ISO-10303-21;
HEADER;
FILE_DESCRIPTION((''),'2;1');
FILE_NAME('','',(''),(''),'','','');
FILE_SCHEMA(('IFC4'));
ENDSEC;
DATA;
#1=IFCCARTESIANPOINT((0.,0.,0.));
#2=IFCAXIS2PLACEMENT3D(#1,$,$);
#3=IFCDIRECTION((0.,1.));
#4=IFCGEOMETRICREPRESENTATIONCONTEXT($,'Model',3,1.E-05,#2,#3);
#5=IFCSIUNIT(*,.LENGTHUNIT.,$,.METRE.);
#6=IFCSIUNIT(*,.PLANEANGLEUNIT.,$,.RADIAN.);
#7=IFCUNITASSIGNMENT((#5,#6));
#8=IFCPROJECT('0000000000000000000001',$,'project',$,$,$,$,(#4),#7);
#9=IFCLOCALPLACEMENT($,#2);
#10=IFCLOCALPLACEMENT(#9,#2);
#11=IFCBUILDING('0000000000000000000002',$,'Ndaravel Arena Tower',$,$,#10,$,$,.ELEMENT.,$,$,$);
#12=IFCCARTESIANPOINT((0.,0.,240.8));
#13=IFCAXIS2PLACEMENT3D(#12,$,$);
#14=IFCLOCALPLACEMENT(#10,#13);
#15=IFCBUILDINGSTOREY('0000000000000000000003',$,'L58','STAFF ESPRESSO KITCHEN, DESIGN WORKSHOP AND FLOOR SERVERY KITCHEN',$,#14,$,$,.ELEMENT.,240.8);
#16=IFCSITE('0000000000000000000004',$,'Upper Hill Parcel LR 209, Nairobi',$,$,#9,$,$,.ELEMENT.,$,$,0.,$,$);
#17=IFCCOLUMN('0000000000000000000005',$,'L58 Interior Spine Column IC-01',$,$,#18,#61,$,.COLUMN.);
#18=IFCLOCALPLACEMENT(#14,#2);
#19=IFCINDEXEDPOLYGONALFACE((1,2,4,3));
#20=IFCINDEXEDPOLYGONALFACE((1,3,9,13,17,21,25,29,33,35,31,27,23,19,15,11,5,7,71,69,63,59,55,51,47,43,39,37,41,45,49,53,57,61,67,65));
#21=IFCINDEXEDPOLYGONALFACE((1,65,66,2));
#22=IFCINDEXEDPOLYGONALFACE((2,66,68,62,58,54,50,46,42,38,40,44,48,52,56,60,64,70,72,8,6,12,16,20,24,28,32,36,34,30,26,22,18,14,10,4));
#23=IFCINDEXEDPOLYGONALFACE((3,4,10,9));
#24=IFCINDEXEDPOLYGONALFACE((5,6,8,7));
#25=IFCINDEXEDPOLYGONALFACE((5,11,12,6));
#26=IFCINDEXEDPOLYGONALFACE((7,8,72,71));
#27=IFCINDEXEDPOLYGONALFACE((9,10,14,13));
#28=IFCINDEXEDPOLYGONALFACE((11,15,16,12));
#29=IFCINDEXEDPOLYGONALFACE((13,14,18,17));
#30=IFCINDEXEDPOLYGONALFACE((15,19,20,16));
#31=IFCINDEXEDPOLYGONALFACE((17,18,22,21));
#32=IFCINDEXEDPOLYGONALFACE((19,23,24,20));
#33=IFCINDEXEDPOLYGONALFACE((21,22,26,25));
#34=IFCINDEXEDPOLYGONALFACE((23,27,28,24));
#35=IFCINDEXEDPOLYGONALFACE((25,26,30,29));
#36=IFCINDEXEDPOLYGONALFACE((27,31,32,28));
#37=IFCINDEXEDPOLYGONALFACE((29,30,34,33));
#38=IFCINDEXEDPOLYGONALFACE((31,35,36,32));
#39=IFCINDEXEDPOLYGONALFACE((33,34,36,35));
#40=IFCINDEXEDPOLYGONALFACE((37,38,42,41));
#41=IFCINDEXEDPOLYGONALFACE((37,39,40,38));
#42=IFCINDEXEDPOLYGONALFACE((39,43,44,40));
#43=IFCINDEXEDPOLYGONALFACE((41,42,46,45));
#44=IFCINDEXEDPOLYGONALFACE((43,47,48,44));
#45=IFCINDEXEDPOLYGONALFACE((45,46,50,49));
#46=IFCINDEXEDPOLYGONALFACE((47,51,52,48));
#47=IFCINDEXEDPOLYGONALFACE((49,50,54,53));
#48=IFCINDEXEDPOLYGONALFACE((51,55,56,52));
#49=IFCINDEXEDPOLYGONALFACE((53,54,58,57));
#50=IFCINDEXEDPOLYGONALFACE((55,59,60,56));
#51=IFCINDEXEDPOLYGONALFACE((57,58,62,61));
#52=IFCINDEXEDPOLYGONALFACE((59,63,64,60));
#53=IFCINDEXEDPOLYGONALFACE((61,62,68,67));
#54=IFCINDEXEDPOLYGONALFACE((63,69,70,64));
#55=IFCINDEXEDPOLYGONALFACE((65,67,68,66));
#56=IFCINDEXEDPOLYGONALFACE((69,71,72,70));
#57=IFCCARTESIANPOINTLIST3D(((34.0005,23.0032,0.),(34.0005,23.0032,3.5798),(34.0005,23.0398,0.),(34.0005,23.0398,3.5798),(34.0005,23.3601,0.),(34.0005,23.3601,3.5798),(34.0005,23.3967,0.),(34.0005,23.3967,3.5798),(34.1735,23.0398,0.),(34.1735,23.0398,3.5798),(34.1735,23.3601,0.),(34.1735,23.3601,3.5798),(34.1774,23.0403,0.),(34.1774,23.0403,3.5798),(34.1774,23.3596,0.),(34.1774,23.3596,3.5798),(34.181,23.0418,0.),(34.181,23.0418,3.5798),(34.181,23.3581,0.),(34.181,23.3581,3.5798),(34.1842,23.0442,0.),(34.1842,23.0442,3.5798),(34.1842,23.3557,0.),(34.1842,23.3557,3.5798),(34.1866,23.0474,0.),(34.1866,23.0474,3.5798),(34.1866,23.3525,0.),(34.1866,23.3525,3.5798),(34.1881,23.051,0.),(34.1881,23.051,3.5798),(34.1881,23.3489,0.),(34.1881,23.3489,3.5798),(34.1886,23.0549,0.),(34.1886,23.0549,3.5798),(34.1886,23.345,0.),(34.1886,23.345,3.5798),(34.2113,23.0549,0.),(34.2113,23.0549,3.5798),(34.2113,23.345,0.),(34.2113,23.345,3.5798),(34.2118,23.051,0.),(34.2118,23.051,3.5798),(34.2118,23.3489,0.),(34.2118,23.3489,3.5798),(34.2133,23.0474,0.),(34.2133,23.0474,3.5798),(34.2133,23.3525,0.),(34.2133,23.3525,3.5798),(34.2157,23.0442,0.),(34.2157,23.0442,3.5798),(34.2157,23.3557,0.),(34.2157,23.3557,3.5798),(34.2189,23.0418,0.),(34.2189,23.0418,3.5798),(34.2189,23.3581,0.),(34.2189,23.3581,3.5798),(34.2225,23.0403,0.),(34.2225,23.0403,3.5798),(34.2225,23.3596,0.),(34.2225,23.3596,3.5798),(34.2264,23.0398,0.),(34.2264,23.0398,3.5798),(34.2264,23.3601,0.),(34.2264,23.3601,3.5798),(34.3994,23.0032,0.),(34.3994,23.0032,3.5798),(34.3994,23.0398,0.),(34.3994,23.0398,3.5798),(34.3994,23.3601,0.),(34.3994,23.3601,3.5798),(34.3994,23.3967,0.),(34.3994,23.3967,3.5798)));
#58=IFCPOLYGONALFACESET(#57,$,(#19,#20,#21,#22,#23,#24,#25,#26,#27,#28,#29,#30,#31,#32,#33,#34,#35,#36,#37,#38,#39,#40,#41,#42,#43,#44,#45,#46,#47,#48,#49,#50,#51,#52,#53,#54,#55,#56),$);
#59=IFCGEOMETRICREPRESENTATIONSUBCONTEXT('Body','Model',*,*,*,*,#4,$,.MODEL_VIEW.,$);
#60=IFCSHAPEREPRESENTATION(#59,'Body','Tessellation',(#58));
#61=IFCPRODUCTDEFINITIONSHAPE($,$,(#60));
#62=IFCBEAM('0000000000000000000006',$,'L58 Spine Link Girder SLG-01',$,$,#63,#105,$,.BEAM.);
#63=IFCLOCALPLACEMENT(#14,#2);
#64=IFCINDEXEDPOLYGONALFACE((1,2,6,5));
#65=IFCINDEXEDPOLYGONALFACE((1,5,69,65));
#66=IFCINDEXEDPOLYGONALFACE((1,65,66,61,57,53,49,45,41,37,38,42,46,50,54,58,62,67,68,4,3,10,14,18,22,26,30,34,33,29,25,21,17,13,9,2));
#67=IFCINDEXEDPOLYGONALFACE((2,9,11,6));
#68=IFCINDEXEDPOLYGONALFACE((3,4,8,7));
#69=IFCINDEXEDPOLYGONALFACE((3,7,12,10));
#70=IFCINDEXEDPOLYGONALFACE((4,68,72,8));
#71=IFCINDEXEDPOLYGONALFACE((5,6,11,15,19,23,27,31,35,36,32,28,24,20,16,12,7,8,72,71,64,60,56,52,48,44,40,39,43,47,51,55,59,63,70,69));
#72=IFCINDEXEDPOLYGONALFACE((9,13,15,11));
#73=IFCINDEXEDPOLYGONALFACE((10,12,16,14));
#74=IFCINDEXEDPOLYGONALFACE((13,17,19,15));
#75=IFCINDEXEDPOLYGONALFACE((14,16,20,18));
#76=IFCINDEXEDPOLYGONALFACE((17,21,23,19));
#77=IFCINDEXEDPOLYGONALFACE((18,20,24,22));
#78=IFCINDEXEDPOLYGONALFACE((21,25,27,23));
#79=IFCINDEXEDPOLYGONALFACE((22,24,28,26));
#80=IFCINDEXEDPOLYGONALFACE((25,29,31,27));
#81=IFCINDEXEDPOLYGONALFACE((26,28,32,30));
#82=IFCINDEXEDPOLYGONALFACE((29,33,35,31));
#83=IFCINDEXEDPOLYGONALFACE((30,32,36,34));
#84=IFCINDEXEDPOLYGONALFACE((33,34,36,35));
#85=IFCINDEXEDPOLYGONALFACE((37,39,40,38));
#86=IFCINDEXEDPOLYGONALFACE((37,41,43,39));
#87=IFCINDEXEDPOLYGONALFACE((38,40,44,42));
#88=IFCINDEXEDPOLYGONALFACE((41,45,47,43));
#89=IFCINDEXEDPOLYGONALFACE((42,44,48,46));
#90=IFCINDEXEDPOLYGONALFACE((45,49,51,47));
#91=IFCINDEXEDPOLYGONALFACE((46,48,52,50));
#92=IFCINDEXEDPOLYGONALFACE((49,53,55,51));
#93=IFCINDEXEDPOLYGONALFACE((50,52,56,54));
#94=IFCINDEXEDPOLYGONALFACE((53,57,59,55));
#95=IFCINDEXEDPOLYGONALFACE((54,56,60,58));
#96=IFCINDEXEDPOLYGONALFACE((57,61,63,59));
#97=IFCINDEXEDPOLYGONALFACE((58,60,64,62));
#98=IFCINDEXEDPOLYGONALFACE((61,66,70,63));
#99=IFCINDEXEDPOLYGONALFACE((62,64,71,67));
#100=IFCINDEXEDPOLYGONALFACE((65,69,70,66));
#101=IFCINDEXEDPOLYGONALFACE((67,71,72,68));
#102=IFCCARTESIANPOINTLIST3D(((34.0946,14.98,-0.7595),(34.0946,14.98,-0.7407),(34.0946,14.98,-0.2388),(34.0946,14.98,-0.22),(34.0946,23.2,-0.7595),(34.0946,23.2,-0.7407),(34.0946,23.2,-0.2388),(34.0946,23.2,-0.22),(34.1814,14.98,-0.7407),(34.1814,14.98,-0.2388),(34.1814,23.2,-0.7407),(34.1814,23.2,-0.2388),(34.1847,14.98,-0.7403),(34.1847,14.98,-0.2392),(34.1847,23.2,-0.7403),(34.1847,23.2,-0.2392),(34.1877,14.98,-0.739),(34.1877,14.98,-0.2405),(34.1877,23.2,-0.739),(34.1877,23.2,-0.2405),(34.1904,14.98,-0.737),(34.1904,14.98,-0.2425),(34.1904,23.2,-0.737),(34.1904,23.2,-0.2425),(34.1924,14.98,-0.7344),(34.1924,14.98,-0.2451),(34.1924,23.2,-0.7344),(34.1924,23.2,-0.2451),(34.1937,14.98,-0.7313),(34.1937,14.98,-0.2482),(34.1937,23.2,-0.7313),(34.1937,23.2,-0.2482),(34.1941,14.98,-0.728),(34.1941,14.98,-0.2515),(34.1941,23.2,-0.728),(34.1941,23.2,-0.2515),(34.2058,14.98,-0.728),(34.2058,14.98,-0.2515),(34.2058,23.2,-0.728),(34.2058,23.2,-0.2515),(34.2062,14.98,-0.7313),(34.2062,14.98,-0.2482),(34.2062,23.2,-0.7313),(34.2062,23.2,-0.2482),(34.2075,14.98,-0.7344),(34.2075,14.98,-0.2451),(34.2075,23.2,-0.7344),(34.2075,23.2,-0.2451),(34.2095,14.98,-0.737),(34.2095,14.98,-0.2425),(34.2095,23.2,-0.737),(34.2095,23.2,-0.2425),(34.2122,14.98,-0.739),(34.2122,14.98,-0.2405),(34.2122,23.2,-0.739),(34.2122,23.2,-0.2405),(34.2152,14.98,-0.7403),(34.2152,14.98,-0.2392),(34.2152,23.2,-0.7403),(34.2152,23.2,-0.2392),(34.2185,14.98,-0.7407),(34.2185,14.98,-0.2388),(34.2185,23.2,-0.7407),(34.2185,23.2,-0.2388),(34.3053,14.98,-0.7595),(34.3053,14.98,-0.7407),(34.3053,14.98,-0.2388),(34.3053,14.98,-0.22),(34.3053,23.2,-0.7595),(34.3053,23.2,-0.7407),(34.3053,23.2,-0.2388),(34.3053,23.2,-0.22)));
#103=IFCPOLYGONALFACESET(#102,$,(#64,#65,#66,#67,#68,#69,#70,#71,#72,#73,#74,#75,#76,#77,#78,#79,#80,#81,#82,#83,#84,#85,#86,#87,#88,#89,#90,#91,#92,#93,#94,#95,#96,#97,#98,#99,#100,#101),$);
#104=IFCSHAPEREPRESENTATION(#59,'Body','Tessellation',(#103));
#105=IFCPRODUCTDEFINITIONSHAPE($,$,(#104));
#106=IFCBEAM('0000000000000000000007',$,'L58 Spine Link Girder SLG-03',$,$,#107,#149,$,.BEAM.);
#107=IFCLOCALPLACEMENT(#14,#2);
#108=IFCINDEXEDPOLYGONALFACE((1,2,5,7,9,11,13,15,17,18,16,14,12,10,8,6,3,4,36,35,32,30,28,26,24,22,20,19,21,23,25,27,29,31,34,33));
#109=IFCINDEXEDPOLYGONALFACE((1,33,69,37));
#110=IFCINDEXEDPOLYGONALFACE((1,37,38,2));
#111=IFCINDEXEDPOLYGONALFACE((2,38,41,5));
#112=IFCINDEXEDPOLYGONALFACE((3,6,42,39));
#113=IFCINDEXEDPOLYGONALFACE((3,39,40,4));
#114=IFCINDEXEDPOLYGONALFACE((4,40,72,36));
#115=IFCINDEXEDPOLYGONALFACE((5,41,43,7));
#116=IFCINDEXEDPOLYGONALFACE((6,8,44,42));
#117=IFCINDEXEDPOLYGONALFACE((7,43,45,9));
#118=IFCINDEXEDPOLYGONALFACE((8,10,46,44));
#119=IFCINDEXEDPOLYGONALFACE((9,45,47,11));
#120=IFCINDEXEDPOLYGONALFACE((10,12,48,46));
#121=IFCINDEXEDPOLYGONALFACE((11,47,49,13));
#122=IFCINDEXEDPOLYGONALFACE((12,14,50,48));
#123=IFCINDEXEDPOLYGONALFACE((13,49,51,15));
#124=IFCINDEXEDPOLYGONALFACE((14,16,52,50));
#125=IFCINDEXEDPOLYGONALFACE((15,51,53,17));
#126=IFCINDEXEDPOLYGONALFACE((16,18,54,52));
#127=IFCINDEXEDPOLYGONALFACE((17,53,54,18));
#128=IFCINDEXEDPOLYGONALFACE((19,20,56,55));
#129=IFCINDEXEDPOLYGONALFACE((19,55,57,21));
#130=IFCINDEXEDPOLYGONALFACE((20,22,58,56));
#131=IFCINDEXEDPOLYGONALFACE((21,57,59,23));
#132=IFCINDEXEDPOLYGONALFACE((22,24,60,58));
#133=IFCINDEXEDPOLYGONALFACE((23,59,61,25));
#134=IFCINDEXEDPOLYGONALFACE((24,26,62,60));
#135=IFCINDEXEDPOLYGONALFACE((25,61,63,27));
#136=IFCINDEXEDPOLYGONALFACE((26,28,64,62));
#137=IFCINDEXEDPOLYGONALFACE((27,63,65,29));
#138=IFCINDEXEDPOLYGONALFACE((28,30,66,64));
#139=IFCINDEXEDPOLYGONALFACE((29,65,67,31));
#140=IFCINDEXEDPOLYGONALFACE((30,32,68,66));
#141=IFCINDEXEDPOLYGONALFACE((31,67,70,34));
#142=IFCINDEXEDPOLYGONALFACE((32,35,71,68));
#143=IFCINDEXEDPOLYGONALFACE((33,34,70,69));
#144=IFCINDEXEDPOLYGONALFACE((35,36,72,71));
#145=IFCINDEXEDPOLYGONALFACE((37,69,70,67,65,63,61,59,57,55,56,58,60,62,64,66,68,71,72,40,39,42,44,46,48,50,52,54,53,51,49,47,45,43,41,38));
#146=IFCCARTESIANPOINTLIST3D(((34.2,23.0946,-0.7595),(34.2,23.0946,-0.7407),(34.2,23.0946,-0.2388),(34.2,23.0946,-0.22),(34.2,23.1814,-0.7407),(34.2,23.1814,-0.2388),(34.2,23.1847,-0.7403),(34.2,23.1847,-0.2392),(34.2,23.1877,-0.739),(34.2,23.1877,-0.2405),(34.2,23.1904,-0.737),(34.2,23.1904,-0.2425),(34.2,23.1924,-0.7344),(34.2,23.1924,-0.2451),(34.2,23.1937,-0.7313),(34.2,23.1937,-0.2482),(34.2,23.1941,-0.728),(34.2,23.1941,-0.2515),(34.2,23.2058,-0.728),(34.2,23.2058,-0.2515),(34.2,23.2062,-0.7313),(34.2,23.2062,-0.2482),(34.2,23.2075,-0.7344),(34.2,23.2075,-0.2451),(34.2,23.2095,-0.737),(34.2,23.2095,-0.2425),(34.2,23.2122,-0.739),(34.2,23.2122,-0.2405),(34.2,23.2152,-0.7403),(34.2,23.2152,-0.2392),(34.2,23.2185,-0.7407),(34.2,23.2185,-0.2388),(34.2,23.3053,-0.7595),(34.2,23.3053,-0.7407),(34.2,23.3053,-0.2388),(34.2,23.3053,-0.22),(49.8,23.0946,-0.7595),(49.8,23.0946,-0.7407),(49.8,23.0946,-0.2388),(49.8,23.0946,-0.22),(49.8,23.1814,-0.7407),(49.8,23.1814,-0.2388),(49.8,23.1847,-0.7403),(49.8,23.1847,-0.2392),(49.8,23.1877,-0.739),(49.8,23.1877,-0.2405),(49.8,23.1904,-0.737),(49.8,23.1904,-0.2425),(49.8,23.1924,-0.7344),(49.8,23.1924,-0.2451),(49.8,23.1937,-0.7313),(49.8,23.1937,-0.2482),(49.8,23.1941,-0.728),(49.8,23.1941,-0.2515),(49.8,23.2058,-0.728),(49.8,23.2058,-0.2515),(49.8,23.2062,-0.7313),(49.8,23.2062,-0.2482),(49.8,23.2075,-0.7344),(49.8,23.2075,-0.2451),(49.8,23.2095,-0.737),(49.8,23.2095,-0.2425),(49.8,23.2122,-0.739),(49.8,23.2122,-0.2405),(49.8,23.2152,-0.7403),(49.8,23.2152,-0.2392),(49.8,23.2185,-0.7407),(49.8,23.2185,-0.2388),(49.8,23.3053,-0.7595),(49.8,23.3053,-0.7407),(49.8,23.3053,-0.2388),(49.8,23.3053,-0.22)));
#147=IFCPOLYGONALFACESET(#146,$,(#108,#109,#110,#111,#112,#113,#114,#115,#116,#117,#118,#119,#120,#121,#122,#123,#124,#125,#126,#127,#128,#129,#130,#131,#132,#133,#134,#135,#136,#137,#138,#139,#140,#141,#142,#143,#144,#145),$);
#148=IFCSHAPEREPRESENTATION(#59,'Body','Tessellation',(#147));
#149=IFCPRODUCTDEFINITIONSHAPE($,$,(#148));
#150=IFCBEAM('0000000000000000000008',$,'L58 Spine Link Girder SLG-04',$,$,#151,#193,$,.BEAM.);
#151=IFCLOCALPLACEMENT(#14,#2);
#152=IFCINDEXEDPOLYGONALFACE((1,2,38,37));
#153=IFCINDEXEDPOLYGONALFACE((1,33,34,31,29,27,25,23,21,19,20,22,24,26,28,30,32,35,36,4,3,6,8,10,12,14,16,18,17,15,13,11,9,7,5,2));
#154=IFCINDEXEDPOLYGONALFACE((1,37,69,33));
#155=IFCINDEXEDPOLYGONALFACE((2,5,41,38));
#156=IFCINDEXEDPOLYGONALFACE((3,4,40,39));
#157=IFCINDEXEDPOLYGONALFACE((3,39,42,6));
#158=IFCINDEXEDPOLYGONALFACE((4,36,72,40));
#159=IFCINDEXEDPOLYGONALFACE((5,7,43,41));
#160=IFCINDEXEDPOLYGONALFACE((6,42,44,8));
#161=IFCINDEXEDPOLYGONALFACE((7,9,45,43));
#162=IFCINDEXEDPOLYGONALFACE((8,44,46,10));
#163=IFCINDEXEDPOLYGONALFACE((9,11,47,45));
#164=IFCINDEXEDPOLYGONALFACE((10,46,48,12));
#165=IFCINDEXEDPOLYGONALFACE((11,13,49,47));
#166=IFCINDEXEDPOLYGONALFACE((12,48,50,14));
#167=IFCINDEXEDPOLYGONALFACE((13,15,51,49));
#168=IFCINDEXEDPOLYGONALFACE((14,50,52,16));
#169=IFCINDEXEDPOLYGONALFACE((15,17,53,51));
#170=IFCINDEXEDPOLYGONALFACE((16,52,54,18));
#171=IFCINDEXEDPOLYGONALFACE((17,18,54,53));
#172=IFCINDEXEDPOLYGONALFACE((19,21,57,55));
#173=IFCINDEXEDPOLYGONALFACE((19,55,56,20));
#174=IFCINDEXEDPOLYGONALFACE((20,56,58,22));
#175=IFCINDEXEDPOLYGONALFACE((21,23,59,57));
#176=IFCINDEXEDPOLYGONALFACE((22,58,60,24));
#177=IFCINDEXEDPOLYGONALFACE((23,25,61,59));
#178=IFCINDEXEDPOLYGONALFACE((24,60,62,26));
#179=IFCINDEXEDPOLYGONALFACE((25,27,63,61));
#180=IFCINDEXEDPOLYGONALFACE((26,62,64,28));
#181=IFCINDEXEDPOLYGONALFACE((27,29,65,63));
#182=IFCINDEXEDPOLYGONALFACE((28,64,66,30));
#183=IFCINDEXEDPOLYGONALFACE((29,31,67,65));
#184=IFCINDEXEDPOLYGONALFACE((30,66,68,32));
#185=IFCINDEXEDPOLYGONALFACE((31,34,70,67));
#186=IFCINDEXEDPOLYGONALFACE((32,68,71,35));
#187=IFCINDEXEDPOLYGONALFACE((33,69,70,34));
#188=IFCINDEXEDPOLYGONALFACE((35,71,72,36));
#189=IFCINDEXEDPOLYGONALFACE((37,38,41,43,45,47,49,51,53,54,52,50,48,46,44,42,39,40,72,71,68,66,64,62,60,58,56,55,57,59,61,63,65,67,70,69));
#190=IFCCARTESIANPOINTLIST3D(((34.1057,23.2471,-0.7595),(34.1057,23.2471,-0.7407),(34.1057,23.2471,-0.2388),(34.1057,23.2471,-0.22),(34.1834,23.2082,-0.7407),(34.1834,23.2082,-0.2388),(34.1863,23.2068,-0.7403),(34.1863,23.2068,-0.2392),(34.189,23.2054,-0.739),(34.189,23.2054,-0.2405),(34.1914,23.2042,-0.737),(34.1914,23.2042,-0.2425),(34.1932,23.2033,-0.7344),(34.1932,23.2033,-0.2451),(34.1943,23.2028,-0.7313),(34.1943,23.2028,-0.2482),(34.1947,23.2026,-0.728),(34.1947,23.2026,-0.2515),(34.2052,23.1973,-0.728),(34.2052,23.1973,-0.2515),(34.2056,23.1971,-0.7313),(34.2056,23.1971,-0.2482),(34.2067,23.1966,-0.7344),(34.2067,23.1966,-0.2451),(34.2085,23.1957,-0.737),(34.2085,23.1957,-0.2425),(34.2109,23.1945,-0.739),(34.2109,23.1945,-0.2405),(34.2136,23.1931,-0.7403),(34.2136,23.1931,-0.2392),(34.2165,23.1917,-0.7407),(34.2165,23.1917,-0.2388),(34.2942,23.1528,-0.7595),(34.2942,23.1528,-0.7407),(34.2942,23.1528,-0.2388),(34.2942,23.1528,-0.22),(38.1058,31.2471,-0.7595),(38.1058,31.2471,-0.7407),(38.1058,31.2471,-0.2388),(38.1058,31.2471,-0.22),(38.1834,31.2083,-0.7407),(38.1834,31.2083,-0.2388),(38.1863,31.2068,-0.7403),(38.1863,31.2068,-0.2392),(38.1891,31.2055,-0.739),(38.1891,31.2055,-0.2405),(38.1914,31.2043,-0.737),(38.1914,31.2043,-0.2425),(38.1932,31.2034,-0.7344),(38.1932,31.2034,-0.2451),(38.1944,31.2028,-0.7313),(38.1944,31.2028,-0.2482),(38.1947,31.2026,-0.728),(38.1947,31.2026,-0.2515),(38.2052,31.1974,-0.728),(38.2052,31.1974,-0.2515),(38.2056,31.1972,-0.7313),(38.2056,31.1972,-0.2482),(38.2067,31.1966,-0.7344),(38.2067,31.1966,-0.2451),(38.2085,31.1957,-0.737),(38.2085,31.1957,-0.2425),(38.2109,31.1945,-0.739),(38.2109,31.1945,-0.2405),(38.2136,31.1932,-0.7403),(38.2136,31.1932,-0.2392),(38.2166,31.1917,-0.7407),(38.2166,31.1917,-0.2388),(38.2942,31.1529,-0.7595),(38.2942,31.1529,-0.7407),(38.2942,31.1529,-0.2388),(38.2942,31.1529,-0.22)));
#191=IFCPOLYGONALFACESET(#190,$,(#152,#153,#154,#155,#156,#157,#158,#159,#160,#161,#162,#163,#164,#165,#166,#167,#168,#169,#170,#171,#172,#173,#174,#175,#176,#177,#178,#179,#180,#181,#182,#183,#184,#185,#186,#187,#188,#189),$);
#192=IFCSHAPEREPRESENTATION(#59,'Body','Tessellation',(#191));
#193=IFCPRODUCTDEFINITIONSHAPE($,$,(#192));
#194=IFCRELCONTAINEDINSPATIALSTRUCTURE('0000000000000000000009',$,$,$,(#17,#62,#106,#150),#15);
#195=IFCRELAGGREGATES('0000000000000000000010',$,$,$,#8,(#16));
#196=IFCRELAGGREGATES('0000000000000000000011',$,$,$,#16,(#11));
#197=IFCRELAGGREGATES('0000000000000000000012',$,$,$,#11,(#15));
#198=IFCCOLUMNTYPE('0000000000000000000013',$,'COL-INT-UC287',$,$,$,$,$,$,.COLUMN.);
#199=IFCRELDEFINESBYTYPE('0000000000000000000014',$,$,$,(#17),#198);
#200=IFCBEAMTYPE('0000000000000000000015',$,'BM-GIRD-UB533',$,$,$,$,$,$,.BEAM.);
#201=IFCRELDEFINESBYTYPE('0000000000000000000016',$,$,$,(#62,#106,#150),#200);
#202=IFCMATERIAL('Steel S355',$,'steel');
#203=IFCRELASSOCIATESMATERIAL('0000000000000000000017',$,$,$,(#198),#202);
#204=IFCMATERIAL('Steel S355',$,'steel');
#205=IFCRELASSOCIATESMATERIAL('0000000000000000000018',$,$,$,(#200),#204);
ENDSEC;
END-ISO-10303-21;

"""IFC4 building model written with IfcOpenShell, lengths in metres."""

from ifc_helpers import new_model, si_unit, direction, frame, origin, origin_2d, place, context, subcontext, project, spatial, i_section, extrude, material, material_profile, profile_set, type_object, element, save


model = new_model("IFC4")

# Units and contexts
model_context = context("Model", 3, precision=1e-05, world=origin(), true_north=direction((0.0, 1.0)))
body_context = subcontext(model_context, "Body", "Model", "MODEL_VIEW")
ifc_project = project(units=[si_unit("LENGTHUNIT", "METRE"), si_unit("PLANEANGLEUNIT", "RADIAN")], contexts=[model_context])

# Site, building, storey
site_placement = place(None, origin())
site = spatial("IfcSite", under=ifc_project, at=site_placement, Name="Upper Hill Parcel LR 209, Nairobi", CompositionType="ELEMENT", RefElevation=0.0)
building_placement = place(site_placement, origin())
building = spatial("IfcBuilding", under=site, at=building_placement, Name="Ndaravel Arena Tower", CompositionType="ELEMENT")
storey_placement = place(building_placement, frame((0.0, 0.0, 240.8)))
storey = spatial("IfcBuildingStorey", under=building, at=storey_placement, Name="L58", Description="STAFF ESPRESSO KITCHEN, DESIGN WORKSHOP AND FLOOR SERVERY KITCHEN", CompositionType="ELEMENT", Elevation=240.8)

# Column
ifc_material_1 = material(Name="Steel S355", Category="steel")
ifc_material_profile_1 = material_profile(ifc_material_1, i_section(OverallWidth=0.3989, OverallDepth=0.3936, WebThickness=0.0227, FlangeThickness=0.0366, FilletRadius=0.0151, at=origin_2d()), Name="UC 356x406x287")
ifc_profile_set_1 = profile_set([ifc_material_profile_1], Name="Steel S355")
column_type = type_object("IfcColumnType", Name="COL-INT-UC287", PredefinedType="COLUMN", material=ifc_profile_set_1)
column_placement = place(storey_placement, frame((34.2, 23.2, 0.0), z_axis=(0.0, 0.0, 1.0), x_axis=(1.0, 0.0, 0.0)))
element("IfcColumn", 1, at=column_placement, inside=storey, type_object=column_type, Name="L58 Interior Spine Column IC-01", PredefinedType="COLUMN", context=body_context, shape_type="SweptSolid", body=[
    extrude(i_section(OverallWidth=0.3989, OverallDepth=0.3936, WebThickness=0.0227, FlangeThickness=0.0366, FilletRadius=0.0151, at=origin_2d()), origin(), (0.0, 0.0, 1.0), 3.5798),
])

# Beams
ifc_material_2 = material(Name="Steel S355", Category="steel")
ifc_material_profile_2 = material_profile(ifc_material_2, i_section(OverallWidth=0.2107, OverallDepth=0.5396, WebThickness=0.0117, FlangeThickness=0.0188, FilletRadius=0.0127, at=origin_2d()), Name="UB 533x210x109")
ifc_profile_set_2 = profile_set([ifc_material_profile_2], Name="Steel S355")
beam_type = type_object("IfcBeamType", Name="BM-GIRD-UB533", PredefinedType="BEAM", material=ifc_profile_set_2)
beam_1_placement = place(storey_placement, frame((34.2, 14.98, -0.4897), z_axis=(0.0, 1.0, 0.0), x_axis=(-1.0, 0.0, 0.0)))
element("IfcBeam", 2, at=beam_1_placement, inside=storey, type_object=beam_type, Name="L58 Spine Link Girder SLG-01", PredefinedType="BEAM", context=body_context, shape_type="SweptSolid", body=[
    extrude(i_section(OverallWidth=0.2107, OverallDepth=0.5396, WebThickness=0.0117, FlangeThickness=0.0188, FilletRadius=0.0127, at=origin_2d()), origin(), (0.0, 0.0, 1.0), 8.22),
])
beam_2_placement = place(storey_placement, frame((34.2, 23.2, -0.4897), z_axis=(1.0, 0.0, 0.0), x_axis=(0.0, 1.0, 0.0)))
element("IfcBeam", 3, at=beam_2_placement, inside=storey, type_object=beam_type, Name="L58 Spine Link Girder SLG-03", PredefinedType="BEAM", context=body_context, shape_type="SweptSolid", body=[
    extrude(i_section(OverallWidth=0.2107, OverallDepth=0.5396, WebThickness=0.0117, FlangeThickness=0.0188, FilletRadius=0.0127, at=origin_2d()), origin(), (0.0, 0.0, 1.0), 15.6001),
])
beam_3_placement = place(storey_placement, frame((34.2, 23.2, -0.4897), z_axis=(0.447214, 0.894427, 0.0), x_axis=(-0.894427, 0.447214, 0.0)))
element("IfcBeam", 4, at=beam_3_placement, inside=storey, type_object=beam_type, Name="L58 Spine Link Girder SLG-04", PredefinedType="BEAM", context=body_context, shape_type="SweptSolid", body=[
    extrude(i_section(OverallWidth=0.2107, OverallDepth=0.5396, WebThickness=0.0117, FlangeThickness=0.0188, FilletRadius=0.0127, at=origin_2d()), origin(), (0.0, 0.0, 1.0), 8.9443),
])

save(model, "model.ifc")
